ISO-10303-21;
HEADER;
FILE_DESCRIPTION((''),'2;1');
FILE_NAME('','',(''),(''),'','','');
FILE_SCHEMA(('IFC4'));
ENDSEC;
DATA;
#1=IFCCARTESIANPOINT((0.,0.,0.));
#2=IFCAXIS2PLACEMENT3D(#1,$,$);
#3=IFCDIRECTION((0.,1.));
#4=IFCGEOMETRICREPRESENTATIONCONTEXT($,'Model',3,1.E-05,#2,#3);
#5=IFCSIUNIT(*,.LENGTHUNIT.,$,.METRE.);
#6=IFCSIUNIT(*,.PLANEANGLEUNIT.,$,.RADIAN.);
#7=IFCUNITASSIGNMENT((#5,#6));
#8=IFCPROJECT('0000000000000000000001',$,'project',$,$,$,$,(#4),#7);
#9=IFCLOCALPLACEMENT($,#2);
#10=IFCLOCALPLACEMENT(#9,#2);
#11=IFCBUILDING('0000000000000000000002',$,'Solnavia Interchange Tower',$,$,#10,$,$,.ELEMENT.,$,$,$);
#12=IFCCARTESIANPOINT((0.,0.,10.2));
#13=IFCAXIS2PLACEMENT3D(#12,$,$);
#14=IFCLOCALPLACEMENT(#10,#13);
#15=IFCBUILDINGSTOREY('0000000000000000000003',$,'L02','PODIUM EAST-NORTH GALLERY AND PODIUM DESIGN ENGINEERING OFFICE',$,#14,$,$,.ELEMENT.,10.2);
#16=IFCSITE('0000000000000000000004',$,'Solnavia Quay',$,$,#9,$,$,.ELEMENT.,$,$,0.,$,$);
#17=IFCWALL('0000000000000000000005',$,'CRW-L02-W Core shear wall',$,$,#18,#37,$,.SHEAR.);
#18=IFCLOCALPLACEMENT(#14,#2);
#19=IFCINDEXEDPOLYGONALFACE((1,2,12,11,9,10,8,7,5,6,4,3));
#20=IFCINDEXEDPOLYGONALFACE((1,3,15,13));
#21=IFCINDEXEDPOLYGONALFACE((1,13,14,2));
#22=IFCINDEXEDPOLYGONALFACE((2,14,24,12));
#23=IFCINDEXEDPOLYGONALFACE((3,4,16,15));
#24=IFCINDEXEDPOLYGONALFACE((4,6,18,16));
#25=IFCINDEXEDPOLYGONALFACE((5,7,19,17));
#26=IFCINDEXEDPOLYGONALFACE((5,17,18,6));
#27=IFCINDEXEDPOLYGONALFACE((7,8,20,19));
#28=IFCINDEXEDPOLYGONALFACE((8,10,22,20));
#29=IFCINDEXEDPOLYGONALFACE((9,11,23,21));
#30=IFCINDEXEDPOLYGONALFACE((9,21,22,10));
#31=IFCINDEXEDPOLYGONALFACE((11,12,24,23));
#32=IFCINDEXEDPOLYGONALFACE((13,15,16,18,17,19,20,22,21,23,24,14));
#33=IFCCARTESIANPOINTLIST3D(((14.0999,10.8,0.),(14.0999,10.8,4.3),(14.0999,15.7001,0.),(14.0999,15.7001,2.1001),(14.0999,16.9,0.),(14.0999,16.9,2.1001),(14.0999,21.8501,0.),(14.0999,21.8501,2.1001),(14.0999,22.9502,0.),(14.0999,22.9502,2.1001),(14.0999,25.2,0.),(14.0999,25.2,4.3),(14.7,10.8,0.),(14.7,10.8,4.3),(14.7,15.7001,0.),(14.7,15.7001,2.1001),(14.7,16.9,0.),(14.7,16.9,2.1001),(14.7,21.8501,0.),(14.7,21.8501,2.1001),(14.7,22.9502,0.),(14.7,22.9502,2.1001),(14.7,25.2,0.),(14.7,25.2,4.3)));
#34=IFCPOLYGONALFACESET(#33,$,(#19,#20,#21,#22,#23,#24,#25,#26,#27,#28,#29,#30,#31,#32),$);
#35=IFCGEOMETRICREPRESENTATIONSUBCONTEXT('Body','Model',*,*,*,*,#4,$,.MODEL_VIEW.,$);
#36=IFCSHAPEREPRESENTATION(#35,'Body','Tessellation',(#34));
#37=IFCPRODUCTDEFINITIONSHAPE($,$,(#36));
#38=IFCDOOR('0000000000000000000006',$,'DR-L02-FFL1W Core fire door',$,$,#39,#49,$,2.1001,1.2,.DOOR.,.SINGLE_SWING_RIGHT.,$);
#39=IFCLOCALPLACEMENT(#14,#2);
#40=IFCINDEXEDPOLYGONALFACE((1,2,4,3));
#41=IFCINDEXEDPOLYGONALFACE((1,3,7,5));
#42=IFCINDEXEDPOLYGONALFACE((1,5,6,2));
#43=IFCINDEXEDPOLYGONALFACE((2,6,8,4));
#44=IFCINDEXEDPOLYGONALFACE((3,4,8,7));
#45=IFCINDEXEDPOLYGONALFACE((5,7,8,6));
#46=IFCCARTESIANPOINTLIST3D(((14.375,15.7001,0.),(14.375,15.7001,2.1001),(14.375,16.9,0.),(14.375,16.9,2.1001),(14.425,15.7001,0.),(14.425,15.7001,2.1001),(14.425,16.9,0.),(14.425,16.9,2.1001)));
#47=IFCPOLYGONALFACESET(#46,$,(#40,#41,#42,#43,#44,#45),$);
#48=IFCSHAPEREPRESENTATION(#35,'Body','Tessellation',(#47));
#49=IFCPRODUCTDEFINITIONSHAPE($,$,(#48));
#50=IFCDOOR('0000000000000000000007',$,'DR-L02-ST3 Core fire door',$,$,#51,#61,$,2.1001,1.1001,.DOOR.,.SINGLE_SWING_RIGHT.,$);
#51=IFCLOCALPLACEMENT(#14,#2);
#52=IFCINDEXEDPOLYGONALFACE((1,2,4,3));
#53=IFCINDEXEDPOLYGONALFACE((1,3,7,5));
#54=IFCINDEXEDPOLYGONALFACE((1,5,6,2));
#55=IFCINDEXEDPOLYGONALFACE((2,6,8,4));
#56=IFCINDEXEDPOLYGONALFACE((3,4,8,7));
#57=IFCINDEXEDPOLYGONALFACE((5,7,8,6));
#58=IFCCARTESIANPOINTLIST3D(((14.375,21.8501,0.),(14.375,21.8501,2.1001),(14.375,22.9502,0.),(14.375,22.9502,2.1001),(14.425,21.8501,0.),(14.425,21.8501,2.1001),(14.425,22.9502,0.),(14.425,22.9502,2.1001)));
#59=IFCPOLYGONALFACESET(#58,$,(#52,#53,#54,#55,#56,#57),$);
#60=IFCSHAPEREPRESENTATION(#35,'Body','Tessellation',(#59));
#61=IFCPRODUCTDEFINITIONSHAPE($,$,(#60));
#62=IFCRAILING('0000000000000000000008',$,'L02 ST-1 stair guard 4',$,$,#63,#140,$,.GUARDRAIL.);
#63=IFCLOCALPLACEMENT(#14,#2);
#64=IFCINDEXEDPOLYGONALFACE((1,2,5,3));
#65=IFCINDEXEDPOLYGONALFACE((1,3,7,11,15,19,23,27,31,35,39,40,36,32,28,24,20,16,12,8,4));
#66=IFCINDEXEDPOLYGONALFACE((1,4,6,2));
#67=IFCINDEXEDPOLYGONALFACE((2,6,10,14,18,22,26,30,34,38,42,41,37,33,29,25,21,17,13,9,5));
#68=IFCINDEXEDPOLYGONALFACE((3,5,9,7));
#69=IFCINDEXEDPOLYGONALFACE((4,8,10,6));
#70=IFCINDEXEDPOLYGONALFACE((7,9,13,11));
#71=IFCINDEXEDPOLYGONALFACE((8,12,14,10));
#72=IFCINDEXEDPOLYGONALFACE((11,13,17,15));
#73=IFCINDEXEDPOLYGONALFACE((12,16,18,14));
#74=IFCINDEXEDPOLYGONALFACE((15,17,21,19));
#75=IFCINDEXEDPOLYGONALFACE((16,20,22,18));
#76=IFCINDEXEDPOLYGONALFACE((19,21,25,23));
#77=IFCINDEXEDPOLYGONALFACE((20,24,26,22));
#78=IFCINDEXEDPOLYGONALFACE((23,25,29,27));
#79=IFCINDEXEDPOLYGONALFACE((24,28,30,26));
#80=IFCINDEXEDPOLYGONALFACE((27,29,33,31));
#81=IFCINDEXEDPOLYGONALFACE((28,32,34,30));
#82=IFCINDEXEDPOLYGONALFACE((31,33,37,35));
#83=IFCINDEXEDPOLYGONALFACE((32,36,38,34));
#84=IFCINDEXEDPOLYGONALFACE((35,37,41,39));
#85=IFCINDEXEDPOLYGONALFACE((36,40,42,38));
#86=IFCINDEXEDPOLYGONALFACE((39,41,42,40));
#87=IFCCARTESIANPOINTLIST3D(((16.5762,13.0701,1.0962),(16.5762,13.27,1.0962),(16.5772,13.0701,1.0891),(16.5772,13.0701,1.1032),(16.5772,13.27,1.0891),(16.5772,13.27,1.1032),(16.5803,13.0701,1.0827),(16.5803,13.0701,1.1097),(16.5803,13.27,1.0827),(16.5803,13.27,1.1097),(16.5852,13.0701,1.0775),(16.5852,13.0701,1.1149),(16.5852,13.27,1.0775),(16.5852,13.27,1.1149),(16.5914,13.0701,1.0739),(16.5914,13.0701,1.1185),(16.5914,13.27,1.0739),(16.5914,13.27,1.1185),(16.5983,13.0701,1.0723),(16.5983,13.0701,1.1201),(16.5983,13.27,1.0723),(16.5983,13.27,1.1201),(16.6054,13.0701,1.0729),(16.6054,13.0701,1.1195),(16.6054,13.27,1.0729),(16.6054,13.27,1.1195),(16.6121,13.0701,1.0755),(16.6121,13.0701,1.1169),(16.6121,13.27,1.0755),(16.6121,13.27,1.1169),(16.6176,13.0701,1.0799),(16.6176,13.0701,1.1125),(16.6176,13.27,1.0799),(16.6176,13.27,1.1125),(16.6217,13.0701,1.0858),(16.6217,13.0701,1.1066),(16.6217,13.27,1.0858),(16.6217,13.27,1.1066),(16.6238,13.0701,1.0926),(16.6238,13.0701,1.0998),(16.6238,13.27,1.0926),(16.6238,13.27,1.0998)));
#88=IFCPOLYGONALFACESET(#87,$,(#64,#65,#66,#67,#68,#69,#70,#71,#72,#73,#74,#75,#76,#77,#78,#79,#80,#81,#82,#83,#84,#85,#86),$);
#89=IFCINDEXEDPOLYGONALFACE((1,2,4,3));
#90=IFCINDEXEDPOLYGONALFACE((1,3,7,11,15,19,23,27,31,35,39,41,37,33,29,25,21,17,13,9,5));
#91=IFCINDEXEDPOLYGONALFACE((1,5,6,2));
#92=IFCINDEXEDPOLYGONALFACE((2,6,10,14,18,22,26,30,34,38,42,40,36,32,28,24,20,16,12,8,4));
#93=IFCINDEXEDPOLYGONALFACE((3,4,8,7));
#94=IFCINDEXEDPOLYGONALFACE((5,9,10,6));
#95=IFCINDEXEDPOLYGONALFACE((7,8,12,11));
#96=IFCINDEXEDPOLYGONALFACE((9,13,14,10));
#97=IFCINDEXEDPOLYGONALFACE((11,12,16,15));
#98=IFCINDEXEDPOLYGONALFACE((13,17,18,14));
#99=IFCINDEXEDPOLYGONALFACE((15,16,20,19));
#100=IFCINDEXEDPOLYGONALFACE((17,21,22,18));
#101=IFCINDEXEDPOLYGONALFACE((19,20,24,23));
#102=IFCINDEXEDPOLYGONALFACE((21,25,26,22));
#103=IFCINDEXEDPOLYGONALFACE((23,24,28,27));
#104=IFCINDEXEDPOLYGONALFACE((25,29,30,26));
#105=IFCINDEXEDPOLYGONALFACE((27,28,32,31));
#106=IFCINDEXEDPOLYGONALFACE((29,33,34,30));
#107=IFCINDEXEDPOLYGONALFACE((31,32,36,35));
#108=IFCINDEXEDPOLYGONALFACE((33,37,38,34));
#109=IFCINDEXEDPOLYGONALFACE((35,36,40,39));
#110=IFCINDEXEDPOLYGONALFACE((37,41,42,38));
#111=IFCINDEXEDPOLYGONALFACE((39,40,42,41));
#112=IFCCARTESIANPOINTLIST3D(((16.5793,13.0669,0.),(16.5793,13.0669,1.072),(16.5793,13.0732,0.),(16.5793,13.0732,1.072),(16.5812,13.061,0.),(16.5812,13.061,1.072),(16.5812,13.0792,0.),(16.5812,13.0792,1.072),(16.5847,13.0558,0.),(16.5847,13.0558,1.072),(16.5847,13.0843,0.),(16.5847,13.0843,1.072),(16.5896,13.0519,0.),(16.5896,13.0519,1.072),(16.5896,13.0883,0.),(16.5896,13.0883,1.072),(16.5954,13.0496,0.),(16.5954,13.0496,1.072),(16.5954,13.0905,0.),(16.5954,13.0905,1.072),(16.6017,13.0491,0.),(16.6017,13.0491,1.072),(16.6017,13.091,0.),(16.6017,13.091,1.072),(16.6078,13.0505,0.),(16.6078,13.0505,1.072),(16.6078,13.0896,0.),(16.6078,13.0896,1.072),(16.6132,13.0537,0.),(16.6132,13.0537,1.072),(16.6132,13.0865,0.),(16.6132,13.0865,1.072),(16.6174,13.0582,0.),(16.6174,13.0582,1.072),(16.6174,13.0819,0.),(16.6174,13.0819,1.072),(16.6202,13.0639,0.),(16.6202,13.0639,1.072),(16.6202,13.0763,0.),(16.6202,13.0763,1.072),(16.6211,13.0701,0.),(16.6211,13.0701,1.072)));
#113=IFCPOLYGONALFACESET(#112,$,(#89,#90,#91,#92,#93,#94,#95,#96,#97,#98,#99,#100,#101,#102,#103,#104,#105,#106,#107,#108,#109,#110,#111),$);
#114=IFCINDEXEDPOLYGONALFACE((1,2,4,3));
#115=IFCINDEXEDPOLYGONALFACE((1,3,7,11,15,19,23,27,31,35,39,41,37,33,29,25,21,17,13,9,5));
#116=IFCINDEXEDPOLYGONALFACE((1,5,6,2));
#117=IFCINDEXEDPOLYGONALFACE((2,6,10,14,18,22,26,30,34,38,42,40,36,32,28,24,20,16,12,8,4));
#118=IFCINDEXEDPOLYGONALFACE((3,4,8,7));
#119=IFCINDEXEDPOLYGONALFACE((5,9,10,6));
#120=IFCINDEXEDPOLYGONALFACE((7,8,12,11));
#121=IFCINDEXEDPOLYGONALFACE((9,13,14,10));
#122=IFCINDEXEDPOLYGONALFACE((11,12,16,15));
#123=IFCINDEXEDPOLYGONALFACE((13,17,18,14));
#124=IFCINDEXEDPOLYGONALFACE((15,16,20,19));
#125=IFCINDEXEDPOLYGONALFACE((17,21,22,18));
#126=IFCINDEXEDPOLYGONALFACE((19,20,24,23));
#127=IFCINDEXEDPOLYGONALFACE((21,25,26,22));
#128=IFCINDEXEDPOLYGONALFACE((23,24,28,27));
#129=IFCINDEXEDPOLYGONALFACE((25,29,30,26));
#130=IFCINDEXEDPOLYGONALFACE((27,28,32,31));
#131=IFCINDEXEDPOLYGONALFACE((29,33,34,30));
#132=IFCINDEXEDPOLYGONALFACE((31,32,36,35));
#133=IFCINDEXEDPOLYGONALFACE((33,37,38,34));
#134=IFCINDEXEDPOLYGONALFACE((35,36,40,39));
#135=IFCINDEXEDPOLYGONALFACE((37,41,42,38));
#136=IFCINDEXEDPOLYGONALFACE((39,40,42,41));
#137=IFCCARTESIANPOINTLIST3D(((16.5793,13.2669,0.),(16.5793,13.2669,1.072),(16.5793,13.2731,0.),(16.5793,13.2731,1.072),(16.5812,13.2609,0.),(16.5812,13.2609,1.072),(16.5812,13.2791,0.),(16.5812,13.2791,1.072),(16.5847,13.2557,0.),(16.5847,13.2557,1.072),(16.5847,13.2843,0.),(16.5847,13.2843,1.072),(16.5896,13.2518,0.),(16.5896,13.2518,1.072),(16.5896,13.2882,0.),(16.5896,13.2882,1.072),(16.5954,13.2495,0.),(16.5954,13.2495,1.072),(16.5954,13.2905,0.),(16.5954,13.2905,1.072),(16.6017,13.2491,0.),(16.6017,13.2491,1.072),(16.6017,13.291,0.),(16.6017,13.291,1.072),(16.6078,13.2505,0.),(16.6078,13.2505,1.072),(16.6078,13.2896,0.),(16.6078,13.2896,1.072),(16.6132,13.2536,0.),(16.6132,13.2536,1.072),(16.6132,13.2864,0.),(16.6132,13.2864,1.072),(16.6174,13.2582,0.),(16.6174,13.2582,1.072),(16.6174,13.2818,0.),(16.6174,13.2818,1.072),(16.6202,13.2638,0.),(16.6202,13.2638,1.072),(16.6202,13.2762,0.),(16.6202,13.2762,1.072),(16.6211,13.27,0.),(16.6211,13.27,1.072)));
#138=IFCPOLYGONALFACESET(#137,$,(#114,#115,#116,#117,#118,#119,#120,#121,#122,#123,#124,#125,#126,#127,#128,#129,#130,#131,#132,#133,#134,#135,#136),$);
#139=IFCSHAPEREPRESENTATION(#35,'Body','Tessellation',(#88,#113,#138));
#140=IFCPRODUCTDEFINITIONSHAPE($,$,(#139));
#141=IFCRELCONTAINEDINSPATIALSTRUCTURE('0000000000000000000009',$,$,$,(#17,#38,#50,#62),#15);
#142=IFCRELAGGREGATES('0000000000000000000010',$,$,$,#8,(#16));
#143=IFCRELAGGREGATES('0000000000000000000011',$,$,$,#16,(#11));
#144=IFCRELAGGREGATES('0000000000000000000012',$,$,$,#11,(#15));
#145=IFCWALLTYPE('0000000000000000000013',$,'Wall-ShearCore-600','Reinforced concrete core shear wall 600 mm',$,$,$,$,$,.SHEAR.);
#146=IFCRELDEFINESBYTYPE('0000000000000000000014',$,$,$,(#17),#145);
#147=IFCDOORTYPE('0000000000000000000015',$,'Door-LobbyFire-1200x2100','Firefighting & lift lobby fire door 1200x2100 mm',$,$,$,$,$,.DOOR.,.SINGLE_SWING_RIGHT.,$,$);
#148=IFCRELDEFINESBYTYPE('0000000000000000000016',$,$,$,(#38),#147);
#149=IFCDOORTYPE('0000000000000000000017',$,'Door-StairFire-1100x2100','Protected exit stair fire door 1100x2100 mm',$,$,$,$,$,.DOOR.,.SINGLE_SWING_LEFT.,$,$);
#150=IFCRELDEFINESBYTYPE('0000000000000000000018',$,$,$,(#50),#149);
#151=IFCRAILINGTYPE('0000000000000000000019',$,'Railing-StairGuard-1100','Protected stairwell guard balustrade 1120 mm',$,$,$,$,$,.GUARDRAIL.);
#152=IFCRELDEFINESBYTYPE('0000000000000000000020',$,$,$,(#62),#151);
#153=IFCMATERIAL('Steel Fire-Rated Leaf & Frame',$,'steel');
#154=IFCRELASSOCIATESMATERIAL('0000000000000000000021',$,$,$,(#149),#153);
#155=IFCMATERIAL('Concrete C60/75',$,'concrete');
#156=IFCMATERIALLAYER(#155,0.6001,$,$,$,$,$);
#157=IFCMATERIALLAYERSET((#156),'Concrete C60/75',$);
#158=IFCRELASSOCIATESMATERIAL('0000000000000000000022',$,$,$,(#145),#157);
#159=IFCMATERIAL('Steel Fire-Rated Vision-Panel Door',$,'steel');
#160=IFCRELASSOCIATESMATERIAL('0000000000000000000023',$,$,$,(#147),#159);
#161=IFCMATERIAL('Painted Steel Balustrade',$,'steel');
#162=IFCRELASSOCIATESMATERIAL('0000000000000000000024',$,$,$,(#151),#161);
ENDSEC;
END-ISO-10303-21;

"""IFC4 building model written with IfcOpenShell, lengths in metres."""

from ifc_helpers import new_model, si_unit, direction, frame, frame_2d, origin, origin_2d, place, context, subcontext, project, spatial, rectangle, circle, extrude, material, layer, layer_set, type_object, element, fill, save


model = new_model("IFC4")

# Units and contexts
model_context = context("Model", 3, precision=1e-05, world=origin(), true_north=direction((0.0, 1.0)))
body_context = subcontext(model_context, "Body", "Model", "MODEL_VIEW")
ifc_project = project(units=[si_unit("LENGTHUNIT", "METRE"), si_unit("PLANEANGLEUNIT", "RADIAN")], contexts=[model_context])

# Site, building, storey
site_placement = place(None, origin())
site = spatial("IfcSite", under=ifc_project, at=site_placement, Name="Solnavia Quay", CompositionType="ELEMENT", RefElevation=0.0)
building_placement = place(site_placement, origin())
building = spatial("IfcBuilding", under=site, at=building_placement, Name="Solnavia Interchange Tower", CompositionType="ELEMENT")
storey_placement = place(building_placement, frame((0.0, 0.0, 10.2)))
storey = spatial("IfcBuildingStorey", under=building, at=storey_placement, Name="L02", Description="PODIUM EAST-NORTH GALLERY AND PODIUM DESIGN ENGINEERING OFFICE", CompositionType="ELEMENT", Elevation=10.2)

# Shared definitions
ifc_material_1 = material(Name="Concrete C60/75", Category="concrete")

# Shared definitions
ifc_material_2 = material(Name="Steel Fire-Rated Leaf & Frame", Category="steel")
door_type_1 = type_object("IfcDoorType", Name="Door-StairFire-1100x2100", Description="Protected exit stair fire door 1100x2100 mm", OperationType="SINGLE_SWING_LEFT", PredefinedType="DOOR", material=ifc_material_2)

# Shared definitions
ifc_layer_1 = layer(ifc_material_1, 0.6001)
ifc_layer_set_1 = layer_set([ifc_layer_1], Name="Concrete C60/75")
wall_type_1 = type_object("IfcWallType", Name="Wall-ShearCore-600", Description="Reinforced concrete core shear wall 600 mm", PredefinedType="SHEAR", material=ifc_layer_set_1)

# Wall, openings, doors
wall_1_placement = place(storey_placement, frame((14.3999, 10.8, 0.0), z_axis=(0.0, 0.0, 1.0), x_axis=(0.0, 1.0, 0.0)))
wall_1 = element("IfcWall", 1, at=wall_1_placement, inside=storey, type_object=wall_type_1, Name="CRW-L02-W Core shear wall", PredefinedType="SHEAR", context=body_context, shape_type="SweptSolid", body=[
    extrude(rectangle(XDim=14.3999, YDim=0.6001, at=frame_2d((7.2, 0.0))), origin(), (0.0, 0.0, 1.0), 4.3),
])
opening_1_placement = place(wall_1_placement, frame((11.05, 0.0, 0.0)))
opening_1 = element("IfcOpeningElement", 2, at=opening_1_placement, cuts=wall_1, PredefinedType="OPENING", context=body_context, shape_type="SweptSolid", body=[
    extrude(rectangle(XDim=1.1001, YDim=2.1001, at=frame_2d((0.55, 1.05))), frame((0.0, 0.3101, 0.0), z_axis=(0.0, -1.0, 0.0), x_axis=(1.0, 0.0, 0.0)), (0.0, 0.0, 1.0), 0.6201),
])
opening_2_placement = place(wall_1_placement, frame((4.8999, 0.0, 0.0)))
opening_2 = element("IfcOpeningElement", 3, at=opening_2_placement, cuts=wall_1, PredefinedType="OPENING", context=body_context, shape_type="SweptSolid", body=[
    extrude(rectangle(XDim=1.2, YDim=2.1001, at=frame_2d((0.6001, 1.05))), frame((0.0, 0.3101, 0.0), z_axis=(0.0, -1.0, 0.0), x_axis=(1.0, 0.0, 0.0)), (0.0, 0.0, 1.0), 0.6201),
])
ifc_material_3 = material(Name="Steel Fire-Rated Vision-Panel Door", Category="steel")
door_type_2 = type_object("IfcDoorType", Name="Door-LobbyFire-1200x2100", Description="Firefighting & lift lobby fire door 1200x2100 mm", OperationType="SINGLE_SWING_RIGHT", PredefinedType="DOOR", material=ifc_material_3)
door_1_placement = place(opening_2_placement, origin())
door_1 = element("IfcDoor", 4, at=door_1_placement, inside=storey, type_object=door_type_2, Name="DR-L02-FFL1W Core fire door", OperationType="SINGLE_SWING_RIGHT", OverallHeight=2.1001, OverallWidth=1.2, PredefinedType="DOOR", context=body_context, shape_type="SweptSolid", body=[
    extrude(rectangle(XDim=1.2, YDim=2.1001, at=frame_2d((0.6001, 1.05))), frame((0.0, 0.0249, 0.0), z_axis=(0.0, -1.0, 0.0), x_axis=(1.0, 0.0, 0.0)), (0.0, 0.0, 1.0), 0.05),
])
fill(opening_2, door_1)
door_2_placement = place(opening_1_placement, origin())
door_2 = element("IfcDoor", 5, at=door_2_placement, inside=storey, type_object=door_type_1, Name="DR-L02-ST3 Core fire door", OperationType="SINGLE_SWING_RIGHT", OverallHeight=2.1001, OverallWidth=1.1001, PredefinedType="DOOR", context=body_context, shape_type="SweptSolid", body=[
    extrude(rectangle(XDim=1.1001, YDim=2.1001, at=frame_2d((0.55, 1.05))), frame((0.0, 0.0249, 0.0), z_axis=(0.0, -1.0, 0.0), x_axis=(1.0, 0.0, 0.0)), (0.0, 0.0, 1.0), 0.05),
])
fill(opening_1, door_2)

# Railing
ifc_material_4 = material(Name="Painted Steel Balustrade", Category="steel")
railing_type_1 = type_object("IfcRailingType", Name="Railing-StairGuard-1100", Description="Protected stairwell guard balustrade 1120 mm", PredefinedType="GUARDRAIL", material=ifc_material_4)
railing_1_placement = place(storey_placement, frame((16.6001, 13.0701, 0.0)))
element("IfcRailing", 6, at=railing_1_placement, inside=storey, type_object=railing_type_1, Name="L02 ST-1 stair guard 4", PredefinedType="GUARDRAIL", context=body_context, shape_type="SweptSolid", body=[
    extrude(circle(Radius=0.0239, at=origin_2d()), frame((0.0, 0.0, 1.0962), z_axis=(0.0, 1.0, 0.0), x_axis=(-1.0, 0.0, 0.0)), (0.0, 0.0, 1.0), 0.2),
    extrude(circle(Radius=0.021, at=origin_2d()), origin(), (0.0, 0.0, 1.0), 1.072),
    extrude(circle(Radius=0.021, at=origin_2d()), frame((0.0, 0.2, 0.0)), (0.0, 0.0, 1.0), 1.072),
])

save(model, "model.ifc")
